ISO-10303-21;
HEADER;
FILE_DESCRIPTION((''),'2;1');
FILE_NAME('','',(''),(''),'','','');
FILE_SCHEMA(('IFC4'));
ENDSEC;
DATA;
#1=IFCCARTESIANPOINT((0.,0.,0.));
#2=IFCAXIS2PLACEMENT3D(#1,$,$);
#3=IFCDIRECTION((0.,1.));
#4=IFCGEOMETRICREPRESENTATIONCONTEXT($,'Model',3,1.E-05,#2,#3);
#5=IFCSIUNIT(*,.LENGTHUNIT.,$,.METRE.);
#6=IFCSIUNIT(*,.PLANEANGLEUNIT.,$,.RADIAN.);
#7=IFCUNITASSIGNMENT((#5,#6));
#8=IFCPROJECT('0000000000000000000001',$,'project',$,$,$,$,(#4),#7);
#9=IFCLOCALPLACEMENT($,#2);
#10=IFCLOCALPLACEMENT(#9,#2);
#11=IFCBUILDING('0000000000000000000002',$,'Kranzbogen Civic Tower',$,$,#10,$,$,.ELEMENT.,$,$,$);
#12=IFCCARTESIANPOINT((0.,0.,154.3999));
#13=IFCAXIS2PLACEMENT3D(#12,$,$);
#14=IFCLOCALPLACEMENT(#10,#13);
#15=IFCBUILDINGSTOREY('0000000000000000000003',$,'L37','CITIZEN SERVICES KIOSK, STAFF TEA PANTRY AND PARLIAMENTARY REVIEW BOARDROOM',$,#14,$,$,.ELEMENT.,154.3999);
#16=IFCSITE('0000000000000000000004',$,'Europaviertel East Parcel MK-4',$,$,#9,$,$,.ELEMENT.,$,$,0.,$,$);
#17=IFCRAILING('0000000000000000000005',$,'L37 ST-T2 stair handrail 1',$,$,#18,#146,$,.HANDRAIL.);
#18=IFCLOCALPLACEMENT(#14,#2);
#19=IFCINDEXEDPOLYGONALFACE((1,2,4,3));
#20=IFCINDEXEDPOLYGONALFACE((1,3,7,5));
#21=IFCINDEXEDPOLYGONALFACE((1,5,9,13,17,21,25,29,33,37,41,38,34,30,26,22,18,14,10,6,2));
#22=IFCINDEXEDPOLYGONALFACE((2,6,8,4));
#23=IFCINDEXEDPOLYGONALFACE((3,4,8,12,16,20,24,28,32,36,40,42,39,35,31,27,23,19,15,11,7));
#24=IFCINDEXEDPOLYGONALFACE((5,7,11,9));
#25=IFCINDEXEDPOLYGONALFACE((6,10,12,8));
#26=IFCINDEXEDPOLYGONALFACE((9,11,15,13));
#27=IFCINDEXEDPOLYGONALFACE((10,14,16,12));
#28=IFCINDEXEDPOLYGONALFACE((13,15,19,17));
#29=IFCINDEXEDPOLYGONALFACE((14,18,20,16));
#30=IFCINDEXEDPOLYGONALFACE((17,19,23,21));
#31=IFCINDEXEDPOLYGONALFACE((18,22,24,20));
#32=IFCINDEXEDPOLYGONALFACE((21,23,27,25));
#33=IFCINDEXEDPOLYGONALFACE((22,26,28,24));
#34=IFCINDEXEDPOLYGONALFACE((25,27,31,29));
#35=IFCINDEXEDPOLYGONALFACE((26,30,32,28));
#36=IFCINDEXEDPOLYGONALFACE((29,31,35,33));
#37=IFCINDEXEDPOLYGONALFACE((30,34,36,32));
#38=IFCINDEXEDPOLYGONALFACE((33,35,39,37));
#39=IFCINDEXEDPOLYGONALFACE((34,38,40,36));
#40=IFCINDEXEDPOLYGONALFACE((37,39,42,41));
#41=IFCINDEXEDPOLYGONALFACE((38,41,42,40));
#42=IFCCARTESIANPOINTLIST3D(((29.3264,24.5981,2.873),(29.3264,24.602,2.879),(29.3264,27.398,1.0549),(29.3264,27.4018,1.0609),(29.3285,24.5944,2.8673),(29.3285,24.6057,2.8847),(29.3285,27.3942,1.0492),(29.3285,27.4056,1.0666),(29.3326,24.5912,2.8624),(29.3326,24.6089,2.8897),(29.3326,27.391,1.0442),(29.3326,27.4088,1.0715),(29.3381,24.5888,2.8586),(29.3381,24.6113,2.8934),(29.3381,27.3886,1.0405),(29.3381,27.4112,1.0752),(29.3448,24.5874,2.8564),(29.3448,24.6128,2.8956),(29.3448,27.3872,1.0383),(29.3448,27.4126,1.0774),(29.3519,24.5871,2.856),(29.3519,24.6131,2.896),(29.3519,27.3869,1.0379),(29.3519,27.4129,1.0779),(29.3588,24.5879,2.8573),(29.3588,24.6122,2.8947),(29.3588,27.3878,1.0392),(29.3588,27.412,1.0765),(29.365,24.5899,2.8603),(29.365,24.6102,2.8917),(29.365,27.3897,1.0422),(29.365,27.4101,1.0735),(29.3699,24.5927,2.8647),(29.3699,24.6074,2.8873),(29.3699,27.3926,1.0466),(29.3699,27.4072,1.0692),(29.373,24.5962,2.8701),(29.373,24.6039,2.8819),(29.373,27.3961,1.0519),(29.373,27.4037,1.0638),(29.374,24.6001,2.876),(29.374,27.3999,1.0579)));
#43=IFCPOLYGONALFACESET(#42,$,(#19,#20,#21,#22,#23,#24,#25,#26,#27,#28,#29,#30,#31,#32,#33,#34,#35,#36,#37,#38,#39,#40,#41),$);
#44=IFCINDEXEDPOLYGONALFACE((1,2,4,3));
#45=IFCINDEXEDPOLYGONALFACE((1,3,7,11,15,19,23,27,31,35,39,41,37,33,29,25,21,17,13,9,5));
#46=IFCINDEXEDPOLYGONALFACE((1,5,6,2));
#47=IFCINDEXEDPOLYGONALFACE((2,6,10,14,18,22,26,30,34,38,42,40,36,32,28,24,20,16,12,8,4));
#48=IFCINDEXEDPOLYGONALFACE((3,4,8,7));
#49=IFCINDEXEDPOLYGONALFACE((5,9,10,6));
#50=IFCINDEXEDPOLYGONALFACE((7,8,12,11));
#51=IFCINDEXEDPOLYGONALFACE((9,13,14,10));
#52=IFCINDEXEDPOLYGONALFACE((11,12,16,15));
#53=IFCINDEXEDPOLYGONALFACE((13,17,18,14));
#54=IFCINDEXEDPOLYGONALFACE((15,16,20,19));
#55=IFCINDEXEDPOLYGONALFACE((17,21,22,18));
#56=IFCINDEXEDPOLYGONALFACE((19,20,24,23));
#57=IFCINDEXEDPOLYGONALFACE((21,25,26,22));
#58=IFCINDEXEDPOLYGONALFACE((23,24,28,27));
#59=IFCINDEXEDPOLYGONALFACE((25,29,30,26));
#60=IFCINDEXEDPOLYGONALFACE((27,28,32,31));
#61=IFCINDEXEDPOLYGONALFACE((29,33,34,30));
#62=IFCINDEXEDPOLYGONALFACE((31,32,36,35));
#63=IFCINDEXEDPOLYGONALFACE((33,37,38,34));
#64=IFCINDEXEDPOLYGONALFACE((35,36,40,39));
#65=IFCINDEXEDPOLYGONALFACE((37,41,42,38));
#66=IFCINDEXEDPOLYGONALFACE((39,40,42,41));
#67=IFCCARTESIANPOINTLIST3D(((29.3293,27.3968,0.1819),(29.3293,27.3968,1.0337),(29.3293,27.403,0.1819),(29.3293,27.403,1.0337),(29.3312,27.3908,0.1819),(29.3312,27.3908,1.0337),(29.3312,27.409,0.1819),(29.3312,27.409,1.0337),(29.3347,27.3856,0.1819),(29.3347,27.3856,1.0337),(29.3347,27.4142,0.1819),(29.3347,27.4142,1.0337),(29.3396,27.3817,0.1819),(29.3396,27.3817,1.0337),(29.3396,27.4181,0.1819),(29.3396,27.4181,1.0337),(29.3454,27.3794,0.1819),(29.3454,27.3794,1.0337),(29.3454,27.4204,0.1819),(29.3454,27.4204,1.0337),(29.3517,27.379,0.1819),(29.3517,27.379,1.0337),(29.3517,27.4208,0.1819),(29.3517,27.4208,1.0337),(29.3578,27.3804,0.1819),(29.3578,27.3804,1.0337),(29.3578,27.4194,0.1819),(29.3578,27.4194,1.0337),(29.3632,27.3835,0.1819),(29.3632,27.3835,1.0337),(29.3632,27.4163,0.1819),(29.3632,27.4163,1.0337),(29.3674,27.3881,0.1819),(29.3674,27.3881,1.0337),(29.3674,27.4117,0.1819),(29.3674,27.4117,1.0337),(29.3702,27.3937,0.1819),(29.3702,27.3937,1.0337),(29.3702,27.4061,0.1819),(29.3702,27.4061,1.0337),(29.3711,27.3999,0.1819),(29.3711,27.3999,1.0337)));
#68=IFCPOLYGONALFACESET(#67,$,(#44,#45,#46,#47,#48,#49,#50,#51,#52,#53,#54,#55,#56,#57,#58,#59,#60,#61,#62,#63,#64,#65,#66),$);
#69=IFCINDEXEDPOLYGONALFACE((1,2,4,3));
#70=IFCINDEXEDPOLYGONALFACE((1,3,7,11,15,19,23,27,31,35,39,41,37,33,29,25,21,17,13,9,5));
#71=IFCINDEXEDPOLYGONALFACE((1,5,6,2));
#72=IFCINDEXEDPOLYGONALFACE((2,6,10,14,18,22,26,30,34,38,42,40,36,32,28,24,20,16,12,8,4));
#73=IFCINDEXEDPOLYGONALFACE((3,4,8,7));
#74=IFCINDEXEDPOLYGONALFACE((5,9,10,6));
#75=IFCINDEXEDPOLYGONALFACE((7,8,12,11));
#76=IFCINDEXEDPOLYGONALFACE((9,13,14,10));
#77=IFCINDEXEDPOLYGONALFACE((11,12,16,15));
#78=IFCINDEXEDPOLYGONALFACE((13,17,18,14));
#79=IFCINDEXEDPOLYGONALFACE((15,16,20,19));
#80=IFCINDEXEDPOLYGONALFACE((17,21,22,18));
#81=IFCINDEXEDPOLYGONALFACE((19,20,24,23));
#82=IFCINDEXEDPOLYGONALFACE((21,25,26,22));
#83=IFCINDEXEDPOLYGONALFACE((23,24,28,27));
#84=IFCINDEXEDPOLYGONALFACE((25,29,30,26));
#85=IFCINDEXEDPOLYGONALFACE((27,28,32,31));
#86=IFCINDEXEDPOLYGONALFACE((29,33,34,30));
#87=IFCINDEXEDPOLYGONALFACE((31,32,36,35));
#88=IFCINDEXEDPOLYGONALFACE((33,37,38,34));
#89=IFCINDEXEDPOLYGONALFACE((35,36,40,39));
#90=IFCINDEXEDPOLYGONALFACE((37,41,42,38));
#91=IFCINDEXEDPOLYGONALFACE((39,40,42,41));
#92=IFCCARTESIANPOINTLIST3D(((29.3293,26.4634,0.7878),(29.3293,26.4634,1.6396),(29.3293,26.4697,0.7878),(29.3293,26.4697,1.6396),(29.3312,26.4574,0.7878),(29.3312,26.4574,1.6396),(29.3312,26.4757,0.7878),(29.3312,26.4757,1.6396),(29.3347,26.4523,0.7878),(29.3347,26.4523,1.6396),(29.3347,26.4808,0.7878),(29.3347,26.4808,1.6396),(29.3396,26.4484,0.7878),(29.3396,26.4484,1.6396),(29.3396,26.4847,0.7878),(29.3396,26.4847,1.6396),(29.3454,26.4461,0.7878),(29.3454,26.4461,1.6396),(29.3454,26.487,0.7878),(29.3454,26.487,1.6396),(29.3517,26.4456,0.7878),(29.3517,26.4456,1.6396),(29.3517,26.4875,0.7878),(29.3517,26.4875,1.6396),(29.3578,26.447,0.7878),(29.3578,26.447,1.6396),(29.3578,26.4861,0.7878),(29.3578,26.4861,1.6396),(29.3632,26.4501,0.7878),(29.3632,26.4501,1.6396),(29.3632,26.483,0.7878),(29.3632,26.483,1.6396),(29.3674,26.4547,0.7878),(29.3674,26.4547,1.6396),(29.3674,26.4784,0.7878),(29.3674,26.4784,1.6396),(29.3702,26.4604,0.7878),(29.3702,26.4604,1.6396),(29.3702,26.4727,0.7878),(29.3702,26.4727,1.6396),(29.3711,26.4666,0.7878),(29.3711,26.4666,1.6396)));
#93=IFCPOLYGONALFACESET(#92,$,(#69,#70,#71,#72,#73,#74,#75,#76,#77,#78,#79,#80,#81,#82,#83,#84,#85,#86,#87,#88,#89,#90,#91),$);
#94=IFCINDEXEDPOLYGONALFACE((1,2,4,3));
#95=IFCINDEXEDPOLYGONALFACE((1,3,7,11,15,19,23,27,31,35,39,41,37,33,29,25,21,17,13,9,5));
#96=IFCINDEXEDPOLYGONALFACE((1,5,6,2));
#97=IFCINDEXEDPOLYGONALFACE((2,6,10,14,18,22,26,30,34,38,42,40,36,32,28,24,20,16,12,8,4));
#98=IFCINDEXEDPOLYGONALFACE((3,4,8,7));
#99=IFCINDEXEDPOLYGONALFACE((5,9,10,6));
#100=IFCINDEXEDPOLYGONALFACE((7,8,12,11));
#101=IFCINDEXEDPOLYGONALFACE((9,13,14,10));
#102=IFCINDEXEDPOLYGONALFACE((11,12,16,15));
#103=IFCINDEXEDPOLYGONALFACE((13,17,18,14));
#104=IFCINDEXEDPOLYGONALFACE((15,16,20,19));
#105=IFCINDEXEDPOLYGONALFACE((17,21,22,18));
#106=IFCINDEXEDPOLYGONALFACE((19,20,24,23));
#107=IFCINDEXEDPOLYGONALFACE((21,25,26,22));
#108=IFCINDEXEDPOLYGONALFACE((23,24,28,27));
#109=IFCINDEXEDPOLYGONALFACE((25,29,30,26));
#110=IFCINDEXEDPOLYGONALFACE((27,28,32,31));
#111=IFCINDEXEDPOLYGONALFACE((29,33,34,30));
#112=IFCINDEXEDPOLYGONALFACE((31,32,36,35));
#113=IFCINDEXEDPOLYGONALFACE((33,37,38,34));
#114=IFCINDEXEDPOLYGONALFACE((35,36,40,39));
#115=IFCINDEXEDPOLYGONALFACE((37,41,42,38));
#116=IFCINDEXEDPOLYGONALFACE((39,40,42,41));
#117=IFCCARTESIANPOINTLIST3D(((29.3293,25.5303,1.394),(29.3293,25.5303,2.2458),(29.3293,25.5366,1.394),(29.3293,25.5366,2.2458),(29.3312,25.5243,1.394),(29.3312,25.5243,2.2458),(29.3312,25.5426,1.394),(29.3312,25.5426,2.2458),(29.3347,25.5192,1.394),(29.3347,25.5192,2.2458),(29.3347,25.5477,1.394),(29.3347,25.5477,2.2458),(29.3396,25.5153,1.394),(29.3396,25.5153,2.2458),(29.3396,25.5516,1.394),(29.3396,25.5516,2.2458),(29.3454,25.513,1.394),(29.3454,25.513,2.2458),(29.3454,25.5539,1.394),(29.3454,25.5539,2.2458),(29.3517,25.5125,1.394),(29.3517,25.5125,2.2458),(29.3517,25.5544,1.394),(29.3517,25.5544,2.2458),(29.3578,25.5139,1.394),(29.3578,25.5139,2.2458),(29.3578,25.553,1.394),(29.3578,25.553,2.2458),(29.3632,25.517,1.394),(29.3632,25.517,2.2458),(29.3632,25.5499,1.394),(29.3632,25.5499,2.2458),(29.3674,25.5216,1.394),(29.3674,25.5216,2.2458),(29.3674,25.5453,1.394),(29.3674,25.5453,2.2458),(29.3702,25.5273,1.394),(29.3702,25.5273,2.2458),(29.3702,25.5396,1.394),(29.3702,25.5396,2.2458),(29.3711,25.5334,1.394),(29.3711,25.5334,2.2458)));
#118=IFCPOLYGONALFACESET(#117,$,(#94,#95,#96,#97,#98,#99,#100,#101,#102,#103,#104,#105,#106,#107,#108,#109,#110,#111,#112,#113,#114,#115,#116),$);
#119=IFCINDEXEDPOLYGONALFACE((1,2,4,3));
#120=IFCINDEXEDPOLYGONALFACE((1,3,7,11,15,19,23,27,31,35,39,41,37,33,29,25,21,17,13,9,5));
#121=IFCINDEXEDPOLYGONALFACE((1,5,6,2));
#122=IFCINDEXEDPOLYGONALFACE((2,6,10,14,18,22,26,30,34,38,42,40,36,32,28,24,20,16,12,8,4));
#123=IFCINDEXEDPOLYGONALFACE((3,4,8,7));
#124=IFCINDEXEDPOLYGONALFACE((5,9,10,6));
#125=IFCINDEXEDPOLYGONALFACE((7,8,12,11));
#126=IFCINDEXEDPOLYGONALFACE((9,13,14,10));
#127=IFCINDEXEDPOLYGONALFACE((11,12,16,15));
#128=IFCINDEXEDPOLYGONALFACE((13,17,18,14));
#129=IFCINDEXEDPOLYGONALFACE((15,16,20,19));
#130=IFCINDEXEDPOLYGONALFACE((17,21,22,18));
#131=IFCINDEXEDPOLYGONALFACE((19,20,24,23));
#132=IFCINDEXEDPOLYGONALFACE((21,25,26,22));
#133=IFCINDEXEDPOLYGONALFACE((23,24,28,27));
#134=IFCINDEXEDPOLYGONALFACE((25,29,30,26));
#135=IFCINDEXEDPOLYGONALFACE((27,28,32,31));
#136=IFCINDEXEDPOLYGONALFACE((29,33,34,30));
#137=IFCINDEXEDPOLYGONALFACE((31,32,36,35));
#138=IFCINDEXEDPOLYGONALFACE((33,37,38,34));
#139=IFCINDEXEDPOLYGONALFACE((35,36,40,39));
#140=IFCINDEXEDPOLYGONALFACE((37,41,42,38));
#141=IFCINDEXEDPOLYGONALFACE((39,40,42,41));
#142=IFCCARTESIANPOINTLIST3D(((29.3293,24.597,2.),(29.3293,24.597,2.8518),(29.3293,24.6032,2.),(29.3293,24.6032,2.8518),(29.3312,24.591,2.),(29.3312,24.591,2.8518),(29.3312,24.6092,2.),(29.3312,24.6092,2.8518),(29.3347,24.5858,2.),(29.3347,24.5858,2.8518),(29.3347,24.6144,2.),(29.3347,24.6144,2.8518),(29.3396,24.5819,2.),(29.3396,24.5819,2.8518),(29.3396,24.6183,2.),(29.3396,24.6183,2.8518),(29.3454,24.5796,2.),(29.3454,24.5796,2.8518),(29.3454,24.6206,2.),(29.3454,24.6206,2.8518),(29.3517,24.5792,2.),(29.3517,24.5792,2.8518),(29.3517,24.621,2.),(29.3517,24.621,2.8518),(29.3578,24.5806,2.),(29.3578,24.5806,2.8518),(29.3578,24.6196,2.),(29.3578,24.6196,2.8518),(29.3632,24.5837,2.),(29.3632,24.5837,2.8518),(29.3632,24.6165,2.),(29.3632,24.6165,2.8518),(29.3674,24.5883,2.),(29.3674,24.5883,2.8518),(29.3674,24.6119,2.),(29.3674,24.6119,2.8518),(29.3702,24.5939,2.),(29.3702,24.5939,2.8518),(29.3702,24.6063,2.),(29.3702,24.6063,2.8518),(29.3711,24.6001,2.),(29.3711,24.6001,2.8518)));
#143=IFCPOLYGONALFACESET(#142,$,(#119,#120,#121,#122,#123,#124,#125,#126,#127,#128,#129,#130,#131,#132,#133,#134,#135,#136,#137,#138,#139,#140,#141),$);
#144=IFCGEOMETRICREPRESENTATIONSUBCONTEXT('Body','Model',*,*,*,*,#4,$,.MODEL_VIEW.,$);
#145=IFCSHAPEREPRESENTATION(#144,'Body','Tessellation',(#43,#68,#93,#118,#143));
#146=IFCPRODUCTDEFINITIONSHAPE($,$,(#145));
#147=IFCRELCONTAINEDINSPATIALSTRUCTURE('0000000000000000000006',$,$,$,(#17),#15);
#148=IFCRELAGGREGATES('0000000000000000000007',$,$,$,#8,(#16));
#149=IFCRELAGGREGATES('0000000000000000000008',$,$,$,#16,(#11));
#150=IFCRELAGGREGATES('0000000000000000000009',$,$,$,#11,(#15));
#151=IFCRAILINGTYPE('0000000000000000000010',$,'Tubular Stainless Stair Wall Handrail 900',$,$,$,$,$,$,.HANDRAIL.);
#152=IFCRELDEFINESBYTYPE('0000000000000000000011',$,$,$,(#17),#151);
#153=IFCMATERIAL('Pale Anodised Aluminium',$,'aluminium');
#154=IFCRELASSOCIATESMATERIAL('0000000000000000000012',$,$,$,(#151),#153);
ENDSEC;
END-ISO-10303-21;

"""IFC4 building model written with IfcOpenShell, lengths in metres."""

from ifc_helpers import new_model, si_unit, direction, frame, origin, origin_2d, place, context, subcontext, project, spatial, circle, extrude, material, type_object, element, save


model = new_model("IFC4")

# Units and contexts
model_context = context("Model", 3, precision=1e-05, world=origin(), true_north=direction((0.0, 1.0)))
body_context = subcontext(model_context, "Body", "Model", "MODEL_VIEW")
ifc_project = project(units=[si_unit("LENGTHUNIT", "METRE"), si_unit("PLANEANGLEUNIT", "RADIAN")], contexts=[model_context])

# Site, building, storey
site_placement = place(None, origin())
site = spatial("IfcSite", under=ifc_project, at=site_placement, Name="Europaviertel East Parcel MK-4", CompositionType="ELEMENT", RefElevation=0.0)
building_placement = place(site_placement, origin())
building = spatial("IfcBuilding", under=site, at=building_placement, Name="Kranzbogen Civic Tower", CompositionType="ELEMENT")
storey_placement = place(building_placement, frame((0.0, 0.0, 154.3999)))
storey = spatial("IfcBuildingStorey", under=building, at=storey_placement, Name="L37", Description="CITIZEN SERVICES KIOSK, STAFF TEA PANTRY AND PARLIAMENTARY REVIEW BOARDROOM", CompositionType="ELEMENT", Elevation=154.3999)

# Shared definitions
ifc_material_1 = material(Name="Pale Anodised Aluminium", Category="aluminium")

# Railing
railing_type_1 = type_object("IfcRailingType", Name="Tubular Stainless Stair Wall Handrail 900", PredefinedType="HANDRAIL", material=ifc_material_1)
railing_1_placement = place(storey_placement, frame((29.3501, 27.3999, 0.1819)))
element("IfcRailing", 1, at=railing_1_placement, inside=storey, type_object=railing_type_1, Name="L37 ST-T2 stair handrail 1", PredefinedType="HANDRAIL", context=body_context, shape_type="SweptSolid", body=[
    extrude(circle(Radius=0.0239, at=origin_2d()), frame((0.0, 0.0, 0.876), z_axis=(0.0, -0.838684, 0.544618), x_axis=(1.0, 0.0, 0.0)), (0.0, 0.0, 1.0), 3.3384),
    extrude(circle(Radius=0.021, at=origin_2d()), origin(), (0.0, 0.0, 1.0), 0.8518),
    extrude(circle(Radius=0.021, at=origin_2d()), frame((0.0, -0.9333, 0.606)), (0.0, 0.0, 1.0), 0.8518),
    extrude(circle(Radius=0.021, at=origin_2d()), frame((0.0, -1.8665, 1.2122)), (0.0, 0.0, 1.0), 0.8518),
    extrude(circle(Radius=0.021, at=origin_2d()), frame((0.0, -2.7998, 1.8181)), (0.0, 0.0, 1.0), 0.8518),
])

save(model, "model.ifc")
